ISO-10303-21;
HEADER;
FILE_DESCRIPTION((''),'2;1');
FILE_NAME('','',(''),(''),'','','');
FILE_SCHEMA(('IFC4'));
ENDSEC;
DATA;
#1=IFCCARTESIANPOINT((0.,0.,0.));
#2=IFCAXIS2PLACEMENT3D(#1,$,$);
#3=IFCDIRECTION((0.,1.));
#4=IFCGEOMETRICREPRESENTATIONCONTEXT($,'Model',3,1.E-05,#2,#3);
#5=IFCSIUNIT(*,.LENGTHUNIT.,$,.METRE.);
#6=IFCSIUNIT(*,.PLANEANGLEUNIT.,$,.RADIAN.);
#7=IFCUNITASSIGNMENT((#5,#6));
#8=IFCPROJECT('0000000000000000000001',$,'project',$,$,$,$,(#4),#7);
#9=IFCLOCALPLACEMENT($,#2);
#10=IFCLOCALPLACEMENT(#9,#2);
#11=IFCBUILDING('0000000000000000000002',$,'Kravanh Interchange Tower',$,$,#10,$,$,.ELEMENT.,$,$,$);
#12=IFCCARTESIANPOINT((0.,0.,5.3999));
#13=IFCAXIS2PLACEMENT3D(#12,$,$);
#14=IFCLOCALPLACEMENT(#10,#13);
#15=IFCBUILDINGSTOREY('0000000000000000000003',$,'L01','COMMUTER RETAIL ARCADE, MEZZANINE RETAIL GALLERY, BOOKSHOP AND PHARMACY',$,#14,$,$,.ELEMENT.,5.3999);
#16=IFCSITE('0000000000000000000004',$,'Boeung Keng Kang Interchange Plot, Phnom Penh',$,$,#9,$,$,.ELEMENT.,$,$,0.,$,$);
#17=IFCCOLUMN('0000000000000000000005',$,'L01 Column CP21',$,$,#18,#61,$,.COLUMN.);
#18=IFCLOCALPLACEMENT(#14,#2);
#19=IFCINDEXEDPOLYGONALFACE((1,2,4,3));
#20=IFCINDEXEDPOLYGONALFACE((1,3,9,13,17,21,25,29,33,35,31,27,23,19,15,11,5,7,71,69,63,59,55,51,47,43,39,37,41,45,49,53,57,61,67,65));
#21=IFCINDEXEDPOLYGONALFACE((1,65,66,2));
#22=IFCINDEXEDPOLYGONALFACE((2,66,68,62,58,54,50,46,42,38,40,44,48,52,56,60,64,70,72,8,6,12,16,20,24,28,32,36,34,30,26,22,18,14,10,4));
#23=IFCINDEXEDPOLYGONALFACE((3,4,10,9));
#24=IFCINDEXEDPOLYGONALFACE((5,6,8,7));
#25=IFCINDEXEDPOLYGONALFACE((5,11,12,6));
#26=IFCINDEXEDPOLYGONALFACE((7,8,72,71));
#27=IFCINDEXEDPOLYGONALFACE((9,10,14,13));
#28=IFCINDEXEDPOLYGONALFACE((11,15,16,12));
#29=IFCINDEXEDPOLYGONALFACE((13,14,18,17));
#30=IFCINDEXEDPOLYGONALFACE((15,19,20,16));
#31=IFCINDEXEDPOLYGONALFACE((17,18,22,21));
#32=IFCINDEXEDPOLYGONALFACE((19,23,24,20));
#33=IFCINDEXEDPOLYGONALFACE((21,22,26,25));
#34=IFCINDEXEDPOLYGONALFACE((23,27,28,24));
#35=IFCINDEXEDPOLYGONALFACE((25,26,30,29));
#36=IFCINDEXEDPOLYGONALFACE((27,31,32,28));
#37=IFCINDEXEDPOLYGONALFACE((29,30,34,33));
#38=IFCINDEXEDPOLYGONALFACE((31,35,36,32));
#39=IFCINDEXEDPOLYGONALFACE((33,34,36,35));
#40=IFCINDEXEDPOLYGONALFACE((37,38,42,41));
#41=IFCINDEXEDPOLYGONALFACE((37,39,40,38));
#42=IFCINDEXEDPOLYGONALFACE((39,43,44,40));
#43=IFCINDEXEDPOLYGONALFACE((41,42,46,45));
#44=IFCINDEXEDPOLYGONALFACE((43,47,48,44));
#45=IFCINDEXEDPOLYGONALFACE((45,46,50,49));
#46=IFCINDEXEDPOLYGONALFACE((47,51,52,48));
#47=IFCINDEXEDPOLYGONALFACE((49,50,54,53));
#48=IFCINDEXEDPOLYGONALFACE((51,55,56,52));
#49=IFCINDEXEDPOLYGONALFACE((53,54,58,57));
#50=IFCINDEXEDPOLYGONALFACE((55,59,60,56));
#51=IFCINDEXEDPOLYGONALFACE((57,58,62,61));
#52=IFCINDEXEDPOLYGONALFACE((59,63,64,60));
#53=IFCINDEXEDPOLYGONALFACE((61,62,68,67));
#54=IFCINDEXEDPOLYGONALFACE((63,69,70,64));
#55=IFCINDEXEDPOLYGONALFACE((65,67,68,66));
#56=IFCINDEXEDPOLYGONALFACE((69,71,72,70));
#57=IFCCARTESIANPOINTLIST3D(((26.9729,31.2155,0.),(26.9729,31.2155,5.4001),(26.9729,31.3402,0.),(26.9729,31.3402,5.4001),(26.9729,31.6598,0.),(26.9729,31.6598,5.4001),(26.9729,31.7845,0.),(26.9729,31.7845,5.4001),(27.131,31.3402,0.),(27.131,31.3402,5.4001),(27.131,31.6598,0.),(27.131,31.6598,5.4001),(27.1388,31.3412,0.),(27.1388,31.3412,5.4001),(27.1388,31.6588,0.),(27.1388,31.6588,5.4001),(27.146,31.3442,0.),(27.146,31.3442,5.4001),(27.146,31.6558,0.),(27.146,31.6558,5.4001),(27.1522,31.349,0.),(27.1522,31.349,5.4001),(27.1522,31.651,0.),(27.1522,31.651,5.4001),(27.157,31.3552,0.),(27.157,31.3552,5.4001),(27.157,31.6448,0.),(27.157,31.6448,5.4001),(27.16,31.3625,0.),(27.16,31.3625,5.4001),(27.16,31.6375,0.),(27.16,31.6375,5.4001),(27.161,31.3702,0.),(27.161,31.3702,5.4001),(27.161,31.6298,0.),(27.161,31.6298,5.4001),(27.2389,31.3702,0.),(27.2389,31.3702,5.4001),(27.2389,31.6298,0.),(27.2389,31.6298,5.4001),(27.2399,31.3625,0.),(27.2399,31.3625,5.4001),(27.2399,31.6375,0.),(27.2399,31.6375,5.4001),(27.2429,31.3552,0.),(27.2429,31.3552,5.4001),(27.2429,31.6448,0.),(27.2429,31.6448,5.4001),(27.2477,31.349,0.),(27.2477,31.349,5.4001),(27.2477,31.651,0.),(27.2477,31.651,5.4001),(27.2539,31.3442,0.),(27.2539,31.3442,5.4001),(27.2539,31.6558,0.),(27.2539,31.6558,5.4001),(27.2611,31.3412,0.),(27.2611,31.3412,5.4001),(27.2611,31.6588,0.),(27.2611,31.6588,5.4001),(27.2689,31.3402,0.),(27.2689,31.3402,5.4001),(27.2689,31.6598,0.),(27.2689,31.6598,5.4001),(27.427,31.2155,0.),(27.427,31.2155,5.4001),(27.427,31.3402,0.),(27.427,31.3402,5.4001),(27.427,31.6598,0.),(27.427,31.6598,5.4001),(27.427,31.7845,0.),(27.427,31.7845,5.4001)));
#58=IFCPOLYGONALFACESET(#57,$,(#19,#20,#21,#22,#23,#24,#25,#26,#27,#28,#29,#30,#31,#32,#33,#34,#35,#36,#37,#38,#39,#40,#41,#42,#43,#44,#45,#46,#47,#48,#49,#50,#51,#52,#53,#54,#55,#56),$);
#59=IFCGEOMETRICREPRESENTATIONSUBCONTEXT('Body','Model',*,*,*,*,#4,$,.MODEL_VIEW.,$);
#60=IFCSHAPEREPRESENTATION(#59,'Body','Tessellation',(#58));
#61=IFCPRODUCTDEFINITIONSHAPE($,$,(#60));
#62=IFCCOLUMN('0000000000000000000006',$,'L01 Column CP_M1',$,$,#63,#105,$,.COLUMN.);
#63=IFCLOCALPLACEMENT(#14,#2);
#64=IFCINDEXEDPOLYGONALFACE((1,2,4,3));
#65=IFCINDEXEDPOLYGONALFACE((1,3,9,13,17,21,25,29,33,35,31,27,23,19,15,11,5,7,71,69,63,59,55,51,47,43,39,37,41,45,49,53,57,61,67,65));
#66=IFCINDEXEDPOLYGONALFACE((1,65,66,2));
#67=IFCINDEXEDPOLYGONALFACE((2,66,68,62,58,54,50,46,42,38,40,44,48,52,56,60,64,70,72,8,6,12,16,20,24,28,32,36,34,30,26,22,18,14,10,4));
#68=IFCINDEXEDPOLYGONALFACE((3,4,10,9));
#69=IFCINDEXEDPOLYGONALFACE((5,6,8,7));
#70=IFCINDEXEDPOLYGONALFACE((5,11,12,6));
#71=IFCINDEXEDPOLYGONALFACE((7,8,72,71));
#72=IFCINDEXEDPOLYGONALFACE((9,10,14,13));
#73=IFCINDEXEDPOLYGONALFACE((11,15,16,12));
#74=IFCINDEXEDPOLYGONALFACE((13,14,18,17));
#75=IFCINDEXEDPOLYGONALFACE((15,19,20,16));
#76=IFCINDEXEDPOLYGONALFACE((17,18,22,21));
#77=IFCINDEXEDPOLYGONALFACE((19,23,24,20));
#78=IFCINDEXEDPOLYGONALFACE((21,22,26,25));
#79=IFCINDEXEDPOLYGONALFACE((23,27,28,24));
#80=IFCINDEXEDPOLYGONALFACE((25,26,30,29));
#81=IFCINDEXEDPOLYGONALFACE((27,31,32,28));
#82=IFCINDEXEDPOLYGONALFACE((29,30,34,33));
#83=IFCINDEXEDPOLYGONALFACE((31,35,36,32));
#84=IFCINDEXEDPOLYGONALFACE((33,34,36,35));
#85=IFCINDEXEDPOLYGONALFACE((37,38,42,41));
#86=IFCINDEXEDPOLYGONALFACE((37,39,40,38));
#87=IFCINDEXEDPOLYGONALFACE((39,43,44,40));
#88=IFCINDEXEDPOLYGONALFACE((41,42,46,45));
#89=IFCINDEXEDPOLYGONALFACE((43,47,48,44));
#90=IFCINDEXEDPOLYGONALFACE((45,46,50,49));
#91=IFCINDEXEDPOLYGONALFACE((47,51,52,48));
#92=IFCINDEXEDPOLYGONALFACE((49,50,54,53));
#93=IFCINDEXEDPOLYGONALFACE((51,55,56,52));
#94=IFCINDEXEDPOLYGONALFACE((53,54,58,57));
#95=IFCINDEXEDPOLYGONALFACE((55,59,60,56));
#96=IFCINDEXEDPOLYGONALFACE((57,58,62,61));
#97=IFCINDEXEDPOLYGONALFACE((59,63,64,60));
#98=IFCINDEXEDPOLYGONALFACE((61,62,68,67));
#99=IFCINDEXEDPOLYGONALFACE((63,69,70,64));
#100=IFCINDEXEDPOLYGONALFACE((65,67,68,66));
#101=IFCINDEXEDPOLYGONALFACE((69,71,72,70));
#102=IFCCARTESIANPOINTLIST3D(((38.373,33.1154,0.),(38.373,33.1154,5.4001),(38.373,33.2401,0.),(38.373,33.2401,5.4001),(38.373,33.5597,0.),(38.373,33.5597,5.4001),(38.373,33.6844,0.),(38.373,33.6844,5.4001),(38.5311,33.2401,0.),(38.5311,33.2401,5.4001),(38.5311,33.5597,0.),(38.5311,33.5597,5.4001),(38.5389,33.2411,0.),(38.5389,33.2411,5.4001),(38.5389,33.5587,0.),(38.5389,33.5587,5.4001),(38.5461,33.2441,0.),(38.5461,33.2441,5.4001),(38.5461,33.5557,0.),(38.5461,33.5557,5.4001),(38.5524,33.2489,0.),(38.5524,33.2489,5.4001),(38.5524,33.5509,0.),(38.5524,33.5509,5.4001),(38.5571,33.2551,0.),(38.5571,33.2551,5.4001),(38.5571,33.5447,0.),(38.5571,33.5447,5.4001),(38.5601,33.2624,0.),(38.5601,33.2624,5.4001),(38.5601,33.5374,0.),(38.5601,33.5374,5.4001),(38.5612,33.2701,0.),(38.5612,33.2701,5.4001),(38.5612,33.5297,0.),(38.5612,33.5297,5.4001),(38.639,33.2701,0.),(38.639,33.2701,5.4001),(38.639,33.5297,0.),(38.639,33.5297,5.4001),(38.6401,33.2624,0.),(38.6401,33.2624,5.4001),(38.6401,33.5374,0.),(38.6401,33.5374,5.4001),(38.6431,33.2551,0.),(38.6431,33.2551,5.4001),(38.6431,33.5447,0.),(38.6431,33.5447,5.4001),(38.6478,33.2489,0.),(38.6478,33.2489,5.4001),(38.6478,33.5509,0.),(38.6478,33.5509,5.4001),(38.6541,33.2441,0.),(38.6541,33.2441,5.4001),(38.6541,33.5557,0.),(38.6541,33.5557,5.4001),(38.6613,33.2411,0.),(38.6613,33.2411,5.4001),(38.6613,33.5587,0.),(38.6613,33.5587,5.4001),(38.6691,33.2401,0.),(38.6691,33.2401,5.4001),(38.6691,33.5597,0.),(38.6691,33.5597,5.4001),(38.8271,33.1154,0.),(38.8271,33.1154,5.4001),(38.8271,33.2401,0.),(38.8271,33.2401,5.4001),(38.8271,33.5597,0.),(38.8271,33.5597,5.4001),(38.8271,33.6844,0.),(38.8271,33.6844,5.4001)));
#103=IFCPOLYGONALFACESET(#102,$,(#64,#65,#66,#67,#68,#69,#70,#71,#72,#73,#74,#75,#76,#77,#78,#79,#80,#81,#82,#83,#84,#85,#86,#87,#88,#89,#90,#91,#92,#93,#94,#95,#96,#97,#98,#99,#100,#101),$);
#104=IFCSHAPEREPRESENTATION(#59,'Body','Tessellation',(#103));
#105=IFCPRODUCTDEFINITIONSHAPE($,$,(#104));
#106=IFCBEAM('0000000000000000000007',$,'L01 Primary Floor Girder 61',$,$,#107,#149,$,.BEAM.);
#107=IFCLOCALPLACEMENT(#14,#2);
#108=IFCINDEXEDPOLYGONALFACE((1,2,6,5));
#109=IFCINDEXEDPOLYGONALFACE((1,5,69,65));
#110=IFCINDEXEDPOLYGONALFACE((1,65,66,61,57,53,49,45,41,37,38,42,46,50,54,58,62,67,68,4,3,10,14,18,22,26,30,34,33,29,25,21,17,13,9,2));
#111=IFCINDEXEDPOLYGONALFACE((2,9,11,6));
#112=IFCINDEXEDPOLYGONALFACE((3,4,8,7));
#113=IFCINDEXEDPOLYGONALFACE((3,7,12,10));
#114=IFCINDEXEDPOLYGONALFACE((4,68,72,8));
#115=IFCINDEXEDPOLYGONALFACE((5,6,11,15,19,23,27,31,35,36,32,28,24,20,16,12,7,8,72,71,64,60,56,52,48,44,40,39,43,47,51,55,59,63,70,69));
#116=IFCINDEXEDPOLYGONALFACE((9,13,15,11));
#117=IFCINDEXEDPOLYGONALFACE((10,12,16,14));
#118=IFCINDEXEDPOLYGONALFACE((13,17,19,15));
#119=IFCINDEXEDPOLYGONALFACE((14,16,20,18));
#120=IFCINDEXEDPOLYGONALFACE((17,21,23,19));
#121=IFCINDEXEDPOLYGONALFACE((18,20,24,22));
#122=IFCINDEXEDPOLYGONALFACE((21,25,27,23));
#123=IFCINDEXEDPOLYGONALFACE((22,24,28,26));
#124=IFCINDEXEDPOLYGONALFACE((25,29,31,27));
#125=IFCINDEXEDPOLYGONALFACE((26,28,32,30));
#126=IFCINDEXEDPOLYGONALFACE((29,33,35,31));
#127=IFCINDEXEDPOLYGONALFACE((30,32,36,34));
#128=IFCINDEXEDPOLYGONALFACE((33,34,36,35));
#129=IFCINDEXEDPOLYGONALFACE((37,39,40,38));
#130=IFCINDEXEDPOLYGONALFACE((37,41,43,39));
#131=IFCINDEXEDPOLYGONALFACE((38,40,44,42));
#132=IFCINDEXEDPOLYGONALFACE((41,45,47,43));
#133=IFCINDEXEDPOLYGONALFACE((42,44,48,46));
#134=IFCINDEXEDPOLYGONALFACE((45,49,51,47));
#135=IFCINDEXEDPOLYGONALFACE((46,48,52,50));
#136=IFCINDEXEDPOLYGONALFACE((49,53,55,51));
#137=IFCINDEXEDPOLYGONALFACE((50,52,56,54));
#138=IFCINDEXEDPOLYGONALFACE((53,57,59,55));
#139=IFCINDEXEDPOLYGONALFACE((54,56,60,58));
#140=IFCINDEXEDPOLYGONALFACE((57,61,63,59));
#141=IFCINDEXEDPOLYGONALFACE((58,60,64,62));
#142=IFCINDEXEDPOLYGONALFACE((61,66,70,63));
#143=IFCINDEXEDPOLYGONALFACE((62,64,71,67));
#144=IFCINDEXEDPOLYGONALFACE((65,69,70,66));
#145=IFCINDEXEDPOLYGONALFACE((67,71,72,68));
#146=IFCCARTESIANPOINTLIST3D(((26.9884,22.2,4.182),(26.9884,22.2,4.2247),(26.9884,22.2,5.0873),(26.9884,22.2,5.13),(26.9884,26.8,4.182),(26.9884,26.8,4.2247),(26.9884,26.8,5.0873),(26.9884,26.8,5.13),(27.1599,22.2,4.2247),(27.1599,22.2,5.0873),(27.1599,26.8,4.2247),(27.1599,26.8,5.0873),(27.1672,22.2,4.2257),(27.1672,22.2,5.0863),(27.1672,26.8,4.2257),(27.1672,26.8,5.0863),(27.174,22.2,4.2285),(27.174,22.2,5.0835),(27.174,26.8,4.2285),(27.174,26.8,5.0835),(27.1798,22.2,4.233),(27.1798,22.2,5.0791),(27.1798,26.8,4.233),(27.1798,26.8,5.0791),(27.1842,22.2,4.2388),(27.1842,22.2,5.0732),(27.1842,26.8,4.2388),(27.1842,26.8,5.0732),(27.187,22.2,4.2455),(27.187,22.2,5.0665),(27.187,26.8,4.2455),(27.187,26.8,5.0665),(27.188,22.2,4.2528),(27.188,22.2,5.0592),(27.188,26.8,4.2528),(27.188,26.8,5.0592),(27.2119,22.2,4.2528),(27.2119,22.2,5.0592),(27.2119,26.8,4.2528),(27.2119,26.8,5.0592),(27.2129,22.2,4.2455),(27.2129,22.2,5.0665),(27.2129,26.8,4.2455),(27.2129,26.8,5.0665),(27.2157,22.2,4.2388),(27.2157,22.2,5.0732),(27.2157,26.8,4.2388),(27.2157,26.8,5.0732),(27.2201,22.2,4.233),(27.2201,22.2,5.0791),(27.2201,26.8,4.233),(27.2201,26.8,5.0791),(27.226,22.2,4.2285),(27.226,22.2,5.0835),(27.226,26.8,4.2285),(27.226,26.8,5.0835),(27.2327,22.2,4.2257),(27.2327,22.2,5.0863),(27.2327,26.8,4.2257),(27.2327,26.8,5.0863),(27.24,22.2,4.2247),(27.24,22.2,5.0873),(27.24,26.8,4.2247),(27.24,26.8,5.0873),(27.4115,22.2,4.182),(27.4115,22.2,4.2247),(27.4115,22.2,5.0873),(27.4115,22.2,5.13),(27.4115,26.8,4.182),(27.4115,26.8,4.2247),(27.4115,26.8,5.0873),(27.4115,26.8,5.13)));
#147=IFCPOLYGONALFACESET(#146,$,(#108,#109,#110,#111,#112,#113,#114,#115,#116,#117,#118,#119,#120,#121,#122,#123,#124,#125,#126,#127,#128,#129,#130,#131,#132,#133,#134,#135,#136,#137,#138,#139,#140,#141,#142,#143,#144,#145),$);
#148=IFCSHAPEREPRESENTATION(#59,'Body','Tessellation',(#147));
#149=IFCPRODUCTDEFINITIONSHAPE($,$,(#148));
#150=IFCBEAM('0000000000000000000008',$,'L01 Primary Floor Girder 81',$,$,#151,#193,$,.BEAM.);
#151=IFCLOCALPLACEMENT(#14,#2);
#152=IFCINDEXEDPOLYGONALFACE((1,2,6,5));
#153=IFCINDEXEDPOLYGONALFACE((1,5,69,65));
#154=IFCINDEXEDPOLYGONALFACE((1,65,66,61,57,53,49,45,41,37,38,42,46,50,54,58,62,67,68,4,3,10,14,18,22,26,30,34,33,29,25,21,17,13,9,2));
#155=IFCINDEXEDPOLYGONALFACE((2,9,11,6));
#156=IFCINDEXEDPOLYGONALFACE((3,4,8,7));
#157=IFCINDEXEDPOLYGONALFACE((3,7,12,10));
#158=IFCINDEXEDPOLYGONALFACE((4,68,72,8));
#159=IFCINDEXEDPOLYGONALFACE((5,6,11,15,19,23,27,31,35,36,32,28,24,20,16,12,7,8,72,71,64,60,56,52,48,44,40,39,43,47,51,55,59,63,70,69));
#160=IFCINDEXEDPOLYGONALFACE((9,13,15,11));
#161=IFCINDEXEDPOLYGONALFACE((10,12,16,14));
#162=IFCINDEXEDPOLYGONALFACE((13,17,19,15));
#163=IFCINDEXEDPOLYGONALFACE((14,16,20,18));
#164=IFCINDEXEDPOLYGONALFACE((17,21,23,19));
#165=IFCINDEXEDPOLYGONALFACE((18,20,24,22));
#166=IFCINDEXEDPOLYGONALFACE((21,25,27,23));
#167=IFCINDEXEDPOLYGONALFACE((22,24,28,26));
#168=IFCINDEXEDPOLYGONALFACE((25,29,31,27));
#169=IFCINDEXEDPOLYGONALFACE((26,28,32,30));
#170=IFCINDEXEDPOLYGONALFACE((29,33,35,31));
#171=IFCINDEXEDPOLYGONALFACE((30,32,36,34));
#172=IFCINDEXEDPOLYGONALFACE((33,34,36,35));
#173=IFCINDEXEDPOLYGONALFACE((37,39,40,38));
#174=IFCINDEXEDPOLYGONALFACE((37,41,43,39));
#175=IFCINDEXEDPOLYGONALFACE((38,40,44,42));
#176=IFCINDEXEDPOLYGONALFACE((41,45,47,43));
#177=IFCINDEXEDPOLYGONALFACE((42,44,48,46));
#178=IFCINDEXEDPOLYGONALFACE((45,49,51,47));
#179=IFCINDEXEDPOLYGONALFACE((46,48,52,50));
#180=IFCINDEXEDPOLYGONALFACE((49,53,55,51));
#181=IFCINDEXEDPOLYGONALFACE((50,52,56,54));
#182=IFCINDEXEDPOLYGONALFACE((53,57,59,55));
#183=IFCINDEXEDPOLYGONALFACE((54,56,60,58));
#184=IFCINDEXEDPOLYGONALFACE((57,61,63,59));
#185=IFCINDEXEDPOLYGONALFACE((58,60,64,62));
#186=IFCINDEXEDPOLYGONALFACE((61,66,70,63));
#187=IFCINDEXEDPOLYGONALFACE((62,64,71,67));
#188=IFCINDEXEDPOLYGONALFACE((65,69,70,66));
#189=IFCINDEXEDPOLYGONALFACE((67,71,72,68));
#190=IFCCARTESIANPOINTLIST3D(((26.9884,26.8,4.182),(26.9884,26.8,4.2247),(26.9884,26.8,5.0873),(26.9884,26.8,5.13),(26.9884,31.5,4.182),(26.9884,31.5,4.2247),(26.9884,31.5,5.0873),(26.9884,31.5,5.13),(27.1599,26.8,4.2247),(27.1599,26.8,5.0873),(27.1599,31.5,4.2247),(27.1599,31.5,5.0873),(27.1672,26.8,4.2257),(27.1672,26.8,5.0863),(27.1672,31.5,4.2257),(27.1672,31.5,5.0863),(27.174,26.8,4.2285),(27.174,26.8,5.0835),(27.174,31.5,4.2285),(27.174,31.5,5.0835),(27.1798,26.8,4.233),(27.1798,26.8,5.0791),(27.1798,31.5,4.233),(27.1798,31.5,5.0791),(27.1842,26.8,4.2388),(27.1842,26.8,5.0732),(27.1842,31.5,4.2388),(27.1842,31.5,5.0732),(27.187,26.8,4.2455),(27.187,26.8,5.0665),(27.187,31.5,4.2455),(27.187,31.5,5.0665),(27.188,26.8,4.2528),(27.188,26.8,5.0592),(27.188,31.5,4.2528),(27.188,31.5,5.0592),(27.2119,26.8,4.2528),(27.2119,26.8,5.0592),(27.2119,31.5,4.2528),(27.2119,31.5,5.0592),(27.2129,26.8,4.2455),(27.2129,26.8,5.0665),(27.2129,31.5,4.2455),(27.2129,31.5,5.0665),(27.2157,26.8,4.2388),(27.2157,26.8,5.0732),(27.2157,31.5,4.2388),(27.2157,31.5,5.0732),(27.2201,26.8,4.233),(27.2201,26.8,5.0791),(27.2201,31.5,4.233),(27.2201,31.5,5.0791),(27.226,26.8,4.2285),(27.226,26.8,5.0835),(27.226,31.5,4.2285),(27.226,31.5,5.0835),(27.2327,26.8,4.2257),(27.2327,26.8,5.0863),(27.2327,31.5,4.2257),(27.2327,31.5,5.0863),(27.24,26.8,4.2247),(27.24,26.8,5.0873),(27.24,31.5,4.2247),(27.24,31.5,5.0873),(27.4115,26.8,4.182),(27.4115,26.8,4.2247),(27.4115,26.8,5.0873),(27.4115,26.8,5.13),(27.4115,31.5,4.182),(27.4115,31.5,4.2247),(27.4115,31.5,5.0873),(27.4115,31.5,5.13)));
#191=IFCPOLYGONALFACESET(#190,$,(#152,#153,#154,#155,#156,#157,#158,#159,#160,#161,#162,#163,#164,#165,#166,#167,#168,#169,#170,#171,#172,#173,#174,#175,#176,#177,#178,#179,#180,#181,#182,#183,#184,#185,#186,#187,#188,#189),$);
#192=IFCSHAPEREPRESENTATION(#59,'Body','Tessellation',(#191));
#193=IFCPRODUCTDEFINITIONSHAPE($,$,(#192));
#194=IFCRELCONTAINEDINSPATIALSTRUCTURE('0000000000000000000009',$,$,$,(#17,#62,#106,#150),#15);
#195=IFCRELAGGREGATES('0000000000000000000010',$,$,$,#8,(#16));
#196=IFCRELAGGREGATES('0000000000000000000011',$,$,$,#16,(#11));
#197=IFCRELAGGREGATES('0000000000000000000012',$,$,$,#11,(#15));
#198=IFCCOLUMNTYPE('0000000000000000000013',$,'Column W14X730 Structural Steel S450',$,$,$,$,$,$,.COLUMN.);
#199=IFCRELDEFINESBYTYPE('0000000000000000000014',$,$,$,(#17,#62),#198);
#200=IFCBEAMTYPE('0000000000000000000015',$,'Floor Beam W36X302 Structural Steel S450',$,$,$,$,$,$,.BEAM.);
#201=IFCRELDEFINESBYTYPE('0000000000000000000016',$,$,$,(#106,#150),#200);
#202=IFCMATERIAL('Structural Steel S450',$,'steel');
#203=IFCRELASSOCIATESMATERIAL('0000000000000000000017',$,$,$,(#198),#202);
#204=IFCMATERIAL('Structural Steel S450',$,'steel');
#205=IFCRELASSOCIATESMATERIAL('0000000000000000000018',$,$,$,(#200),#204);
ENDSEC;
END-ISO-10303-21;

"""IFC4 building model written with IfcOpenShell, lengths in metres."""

from ifc_helpers import new_model, si_unit, direction, frame, origin, origin_2d, place, context, subcontext, project, spatial, i_section, extrude, material, material_profile, profile_set, type_object, element, save


model = new_model("IFC4")

# Units and contexts
model_context = context("Model", 3, precision=1e-05, world=origin(), true_north=direction((0.0, 1.0)))
body_context = subcontext(model_context, "Body", "Model", "MODEL_VIEW")
ifc_project = project(units=[si_unit("LENGTHUNIT", "METRE"), si_unit("PLANEANGLEUNIT", "RADIAN")], contexts=[model_context])

# Site, building, storey
site_placement = place(None, origin())
site = spatial("IfcSite", under=ifc_project, at=site_placement, Name="Boeung Keng Kang Interchange Plot, Phnom Penh", CompositionType="ELEMENT", RefElevation=0.0)
building_placement = place(site_placement, origin())
building = spatial("IfcBuilding", under=site, at=building_placement, Name="Kravanh Interchange Tower", CompositionType="ELEMENT")
storey_placement = place(building_placement, frame((0.0, 0.0, 5.3999)))
storey = spatial("IfcBuildingStorey", under=building, at=storey_placement, Name="L01", Description="COMMUTER RETAIL ARCADE, MEZZANINE RETAIL GALLERY, BOOKSHOP AND PHARMACY", CompositionType="ELEMENT", Elevation=5.3999)

# Columns
ifc_material_1 = material(Name="Structural Steel S450", Category="steel")
ifc_material_profile_1 = material_profile(ifc_material_1, i_section(OverallWidth=0.4541, OverallDepth=0.5691, WebThickness=0.0779, FlangeThickness=0.1248, FilletRadius=0.03, at=origin_2d()), Name="W14X730")
ifc_profile_set_1 = profile_set([ifc_material_profile_1], Name="Structural Steel S450")
column_type_1 = type_object("IfcColumnType", Name="Column W14X730 Structural Steel S450", PredefinedType="COLUMN", material=ifc_profile_set_1)
for number, where, z_axis, x_axis, name in (
    (1, (27.2, 31.5, 0.0), (0.0, 0.0, 1.0), (1.0, 0.0, 0.0), "L01 Column CP21"),
    (2, (38.6001, 33.3999, 0.0), (0.0, 0.0, 1.0), (1.0, 0.0, 0.0), "L01 Column CP_M1"),
):
    element("IfcColumn", number, at=place(storey_placement, frame(where, z_axis=z_axis, x_axis=x_axis)), inside=storey, type_object=column_type_1, Name=name, PredefinedType="COLUMN", context=body_context, shape_type="SweptSolid", body=[
        extrude(i_section(OverallWidth=0.4541, OverallDepth=0.5691, WebThickness=0.0779, FlangeThickness=0.1248, FilletRadius=0.03, at=origin_2d()), origin(), (0.0, 0.0, 1.0), 5.4001),
    ])

# Beams
ifc_material_2 = material(Name="Structural Steel S450", Category="steel")
ifc_material_profile_2 = material_profile(ifc_material_2, i_section(OverallWidth=0.4231, OverallDepth=0.948, WebThickness=0.0239, FlangeThickness=0.0427, FilletRadius=0.0281, at=origin_2d()), Name="W36X302")
ifc_profile_set_2 = profile_set([ifc_material_profile_2], Name="Structural Steel S450")
beam_type_1 = type_object("IfcBeamType", Name="Floor Beam W36X302 Structural Steel S450", PredefinedType="BEAM", material=ifc_profile_set_2)
beam_1_placement = place(storey_placement, frame((27.2, 22.2, 4.656), z_axis=(0.0, 1.0, 0.0), x_axis=(-1.0, 0.0, 0.0)))
element("IfcBeam", 3, at=beam_1_placement, inside=storey, type_object=beam_type_1, Name="L01 Primary Floor Girder 61", PredefinedType="BEAM", context=body_context, shape_type="SweptSolid", body=[
    extrude(i_section(OverallWidth=0.4231, OverallDepth=0.948, WebThickness=0.0239, FlangeThickness=0.0427, FilletRadius=0.0281, at=origin_2d()), origin(), (0.0, 0.0, 1.0), 4.6001),
])
beam_2_placement = place(storey_placement, frame((27.2, 26.8, 4.656), z_axis=(0.0, 1.0, 0.0), x_axis=(-1.0, 0.0, 0.0)))
element("IfcBeam", 4, at=beam_2_placement, inside=storey, type_object=beam_type_1, Name="L01 Primary Floor Girder 81", PredefinedType="BEAM", context=body_context, shape_type="SweptSolid", body=[
    extrude(i_section(OverallWidth=0.4231, OverallDepth=0.948, WebThickness=0.0239, FlangeThickness=0.0427, FilletRadius=0.0281, at=origin_2d()), origin(), (0.0, 0.0, 1.0), 4.7),
])

save(model, "model.ifc")
